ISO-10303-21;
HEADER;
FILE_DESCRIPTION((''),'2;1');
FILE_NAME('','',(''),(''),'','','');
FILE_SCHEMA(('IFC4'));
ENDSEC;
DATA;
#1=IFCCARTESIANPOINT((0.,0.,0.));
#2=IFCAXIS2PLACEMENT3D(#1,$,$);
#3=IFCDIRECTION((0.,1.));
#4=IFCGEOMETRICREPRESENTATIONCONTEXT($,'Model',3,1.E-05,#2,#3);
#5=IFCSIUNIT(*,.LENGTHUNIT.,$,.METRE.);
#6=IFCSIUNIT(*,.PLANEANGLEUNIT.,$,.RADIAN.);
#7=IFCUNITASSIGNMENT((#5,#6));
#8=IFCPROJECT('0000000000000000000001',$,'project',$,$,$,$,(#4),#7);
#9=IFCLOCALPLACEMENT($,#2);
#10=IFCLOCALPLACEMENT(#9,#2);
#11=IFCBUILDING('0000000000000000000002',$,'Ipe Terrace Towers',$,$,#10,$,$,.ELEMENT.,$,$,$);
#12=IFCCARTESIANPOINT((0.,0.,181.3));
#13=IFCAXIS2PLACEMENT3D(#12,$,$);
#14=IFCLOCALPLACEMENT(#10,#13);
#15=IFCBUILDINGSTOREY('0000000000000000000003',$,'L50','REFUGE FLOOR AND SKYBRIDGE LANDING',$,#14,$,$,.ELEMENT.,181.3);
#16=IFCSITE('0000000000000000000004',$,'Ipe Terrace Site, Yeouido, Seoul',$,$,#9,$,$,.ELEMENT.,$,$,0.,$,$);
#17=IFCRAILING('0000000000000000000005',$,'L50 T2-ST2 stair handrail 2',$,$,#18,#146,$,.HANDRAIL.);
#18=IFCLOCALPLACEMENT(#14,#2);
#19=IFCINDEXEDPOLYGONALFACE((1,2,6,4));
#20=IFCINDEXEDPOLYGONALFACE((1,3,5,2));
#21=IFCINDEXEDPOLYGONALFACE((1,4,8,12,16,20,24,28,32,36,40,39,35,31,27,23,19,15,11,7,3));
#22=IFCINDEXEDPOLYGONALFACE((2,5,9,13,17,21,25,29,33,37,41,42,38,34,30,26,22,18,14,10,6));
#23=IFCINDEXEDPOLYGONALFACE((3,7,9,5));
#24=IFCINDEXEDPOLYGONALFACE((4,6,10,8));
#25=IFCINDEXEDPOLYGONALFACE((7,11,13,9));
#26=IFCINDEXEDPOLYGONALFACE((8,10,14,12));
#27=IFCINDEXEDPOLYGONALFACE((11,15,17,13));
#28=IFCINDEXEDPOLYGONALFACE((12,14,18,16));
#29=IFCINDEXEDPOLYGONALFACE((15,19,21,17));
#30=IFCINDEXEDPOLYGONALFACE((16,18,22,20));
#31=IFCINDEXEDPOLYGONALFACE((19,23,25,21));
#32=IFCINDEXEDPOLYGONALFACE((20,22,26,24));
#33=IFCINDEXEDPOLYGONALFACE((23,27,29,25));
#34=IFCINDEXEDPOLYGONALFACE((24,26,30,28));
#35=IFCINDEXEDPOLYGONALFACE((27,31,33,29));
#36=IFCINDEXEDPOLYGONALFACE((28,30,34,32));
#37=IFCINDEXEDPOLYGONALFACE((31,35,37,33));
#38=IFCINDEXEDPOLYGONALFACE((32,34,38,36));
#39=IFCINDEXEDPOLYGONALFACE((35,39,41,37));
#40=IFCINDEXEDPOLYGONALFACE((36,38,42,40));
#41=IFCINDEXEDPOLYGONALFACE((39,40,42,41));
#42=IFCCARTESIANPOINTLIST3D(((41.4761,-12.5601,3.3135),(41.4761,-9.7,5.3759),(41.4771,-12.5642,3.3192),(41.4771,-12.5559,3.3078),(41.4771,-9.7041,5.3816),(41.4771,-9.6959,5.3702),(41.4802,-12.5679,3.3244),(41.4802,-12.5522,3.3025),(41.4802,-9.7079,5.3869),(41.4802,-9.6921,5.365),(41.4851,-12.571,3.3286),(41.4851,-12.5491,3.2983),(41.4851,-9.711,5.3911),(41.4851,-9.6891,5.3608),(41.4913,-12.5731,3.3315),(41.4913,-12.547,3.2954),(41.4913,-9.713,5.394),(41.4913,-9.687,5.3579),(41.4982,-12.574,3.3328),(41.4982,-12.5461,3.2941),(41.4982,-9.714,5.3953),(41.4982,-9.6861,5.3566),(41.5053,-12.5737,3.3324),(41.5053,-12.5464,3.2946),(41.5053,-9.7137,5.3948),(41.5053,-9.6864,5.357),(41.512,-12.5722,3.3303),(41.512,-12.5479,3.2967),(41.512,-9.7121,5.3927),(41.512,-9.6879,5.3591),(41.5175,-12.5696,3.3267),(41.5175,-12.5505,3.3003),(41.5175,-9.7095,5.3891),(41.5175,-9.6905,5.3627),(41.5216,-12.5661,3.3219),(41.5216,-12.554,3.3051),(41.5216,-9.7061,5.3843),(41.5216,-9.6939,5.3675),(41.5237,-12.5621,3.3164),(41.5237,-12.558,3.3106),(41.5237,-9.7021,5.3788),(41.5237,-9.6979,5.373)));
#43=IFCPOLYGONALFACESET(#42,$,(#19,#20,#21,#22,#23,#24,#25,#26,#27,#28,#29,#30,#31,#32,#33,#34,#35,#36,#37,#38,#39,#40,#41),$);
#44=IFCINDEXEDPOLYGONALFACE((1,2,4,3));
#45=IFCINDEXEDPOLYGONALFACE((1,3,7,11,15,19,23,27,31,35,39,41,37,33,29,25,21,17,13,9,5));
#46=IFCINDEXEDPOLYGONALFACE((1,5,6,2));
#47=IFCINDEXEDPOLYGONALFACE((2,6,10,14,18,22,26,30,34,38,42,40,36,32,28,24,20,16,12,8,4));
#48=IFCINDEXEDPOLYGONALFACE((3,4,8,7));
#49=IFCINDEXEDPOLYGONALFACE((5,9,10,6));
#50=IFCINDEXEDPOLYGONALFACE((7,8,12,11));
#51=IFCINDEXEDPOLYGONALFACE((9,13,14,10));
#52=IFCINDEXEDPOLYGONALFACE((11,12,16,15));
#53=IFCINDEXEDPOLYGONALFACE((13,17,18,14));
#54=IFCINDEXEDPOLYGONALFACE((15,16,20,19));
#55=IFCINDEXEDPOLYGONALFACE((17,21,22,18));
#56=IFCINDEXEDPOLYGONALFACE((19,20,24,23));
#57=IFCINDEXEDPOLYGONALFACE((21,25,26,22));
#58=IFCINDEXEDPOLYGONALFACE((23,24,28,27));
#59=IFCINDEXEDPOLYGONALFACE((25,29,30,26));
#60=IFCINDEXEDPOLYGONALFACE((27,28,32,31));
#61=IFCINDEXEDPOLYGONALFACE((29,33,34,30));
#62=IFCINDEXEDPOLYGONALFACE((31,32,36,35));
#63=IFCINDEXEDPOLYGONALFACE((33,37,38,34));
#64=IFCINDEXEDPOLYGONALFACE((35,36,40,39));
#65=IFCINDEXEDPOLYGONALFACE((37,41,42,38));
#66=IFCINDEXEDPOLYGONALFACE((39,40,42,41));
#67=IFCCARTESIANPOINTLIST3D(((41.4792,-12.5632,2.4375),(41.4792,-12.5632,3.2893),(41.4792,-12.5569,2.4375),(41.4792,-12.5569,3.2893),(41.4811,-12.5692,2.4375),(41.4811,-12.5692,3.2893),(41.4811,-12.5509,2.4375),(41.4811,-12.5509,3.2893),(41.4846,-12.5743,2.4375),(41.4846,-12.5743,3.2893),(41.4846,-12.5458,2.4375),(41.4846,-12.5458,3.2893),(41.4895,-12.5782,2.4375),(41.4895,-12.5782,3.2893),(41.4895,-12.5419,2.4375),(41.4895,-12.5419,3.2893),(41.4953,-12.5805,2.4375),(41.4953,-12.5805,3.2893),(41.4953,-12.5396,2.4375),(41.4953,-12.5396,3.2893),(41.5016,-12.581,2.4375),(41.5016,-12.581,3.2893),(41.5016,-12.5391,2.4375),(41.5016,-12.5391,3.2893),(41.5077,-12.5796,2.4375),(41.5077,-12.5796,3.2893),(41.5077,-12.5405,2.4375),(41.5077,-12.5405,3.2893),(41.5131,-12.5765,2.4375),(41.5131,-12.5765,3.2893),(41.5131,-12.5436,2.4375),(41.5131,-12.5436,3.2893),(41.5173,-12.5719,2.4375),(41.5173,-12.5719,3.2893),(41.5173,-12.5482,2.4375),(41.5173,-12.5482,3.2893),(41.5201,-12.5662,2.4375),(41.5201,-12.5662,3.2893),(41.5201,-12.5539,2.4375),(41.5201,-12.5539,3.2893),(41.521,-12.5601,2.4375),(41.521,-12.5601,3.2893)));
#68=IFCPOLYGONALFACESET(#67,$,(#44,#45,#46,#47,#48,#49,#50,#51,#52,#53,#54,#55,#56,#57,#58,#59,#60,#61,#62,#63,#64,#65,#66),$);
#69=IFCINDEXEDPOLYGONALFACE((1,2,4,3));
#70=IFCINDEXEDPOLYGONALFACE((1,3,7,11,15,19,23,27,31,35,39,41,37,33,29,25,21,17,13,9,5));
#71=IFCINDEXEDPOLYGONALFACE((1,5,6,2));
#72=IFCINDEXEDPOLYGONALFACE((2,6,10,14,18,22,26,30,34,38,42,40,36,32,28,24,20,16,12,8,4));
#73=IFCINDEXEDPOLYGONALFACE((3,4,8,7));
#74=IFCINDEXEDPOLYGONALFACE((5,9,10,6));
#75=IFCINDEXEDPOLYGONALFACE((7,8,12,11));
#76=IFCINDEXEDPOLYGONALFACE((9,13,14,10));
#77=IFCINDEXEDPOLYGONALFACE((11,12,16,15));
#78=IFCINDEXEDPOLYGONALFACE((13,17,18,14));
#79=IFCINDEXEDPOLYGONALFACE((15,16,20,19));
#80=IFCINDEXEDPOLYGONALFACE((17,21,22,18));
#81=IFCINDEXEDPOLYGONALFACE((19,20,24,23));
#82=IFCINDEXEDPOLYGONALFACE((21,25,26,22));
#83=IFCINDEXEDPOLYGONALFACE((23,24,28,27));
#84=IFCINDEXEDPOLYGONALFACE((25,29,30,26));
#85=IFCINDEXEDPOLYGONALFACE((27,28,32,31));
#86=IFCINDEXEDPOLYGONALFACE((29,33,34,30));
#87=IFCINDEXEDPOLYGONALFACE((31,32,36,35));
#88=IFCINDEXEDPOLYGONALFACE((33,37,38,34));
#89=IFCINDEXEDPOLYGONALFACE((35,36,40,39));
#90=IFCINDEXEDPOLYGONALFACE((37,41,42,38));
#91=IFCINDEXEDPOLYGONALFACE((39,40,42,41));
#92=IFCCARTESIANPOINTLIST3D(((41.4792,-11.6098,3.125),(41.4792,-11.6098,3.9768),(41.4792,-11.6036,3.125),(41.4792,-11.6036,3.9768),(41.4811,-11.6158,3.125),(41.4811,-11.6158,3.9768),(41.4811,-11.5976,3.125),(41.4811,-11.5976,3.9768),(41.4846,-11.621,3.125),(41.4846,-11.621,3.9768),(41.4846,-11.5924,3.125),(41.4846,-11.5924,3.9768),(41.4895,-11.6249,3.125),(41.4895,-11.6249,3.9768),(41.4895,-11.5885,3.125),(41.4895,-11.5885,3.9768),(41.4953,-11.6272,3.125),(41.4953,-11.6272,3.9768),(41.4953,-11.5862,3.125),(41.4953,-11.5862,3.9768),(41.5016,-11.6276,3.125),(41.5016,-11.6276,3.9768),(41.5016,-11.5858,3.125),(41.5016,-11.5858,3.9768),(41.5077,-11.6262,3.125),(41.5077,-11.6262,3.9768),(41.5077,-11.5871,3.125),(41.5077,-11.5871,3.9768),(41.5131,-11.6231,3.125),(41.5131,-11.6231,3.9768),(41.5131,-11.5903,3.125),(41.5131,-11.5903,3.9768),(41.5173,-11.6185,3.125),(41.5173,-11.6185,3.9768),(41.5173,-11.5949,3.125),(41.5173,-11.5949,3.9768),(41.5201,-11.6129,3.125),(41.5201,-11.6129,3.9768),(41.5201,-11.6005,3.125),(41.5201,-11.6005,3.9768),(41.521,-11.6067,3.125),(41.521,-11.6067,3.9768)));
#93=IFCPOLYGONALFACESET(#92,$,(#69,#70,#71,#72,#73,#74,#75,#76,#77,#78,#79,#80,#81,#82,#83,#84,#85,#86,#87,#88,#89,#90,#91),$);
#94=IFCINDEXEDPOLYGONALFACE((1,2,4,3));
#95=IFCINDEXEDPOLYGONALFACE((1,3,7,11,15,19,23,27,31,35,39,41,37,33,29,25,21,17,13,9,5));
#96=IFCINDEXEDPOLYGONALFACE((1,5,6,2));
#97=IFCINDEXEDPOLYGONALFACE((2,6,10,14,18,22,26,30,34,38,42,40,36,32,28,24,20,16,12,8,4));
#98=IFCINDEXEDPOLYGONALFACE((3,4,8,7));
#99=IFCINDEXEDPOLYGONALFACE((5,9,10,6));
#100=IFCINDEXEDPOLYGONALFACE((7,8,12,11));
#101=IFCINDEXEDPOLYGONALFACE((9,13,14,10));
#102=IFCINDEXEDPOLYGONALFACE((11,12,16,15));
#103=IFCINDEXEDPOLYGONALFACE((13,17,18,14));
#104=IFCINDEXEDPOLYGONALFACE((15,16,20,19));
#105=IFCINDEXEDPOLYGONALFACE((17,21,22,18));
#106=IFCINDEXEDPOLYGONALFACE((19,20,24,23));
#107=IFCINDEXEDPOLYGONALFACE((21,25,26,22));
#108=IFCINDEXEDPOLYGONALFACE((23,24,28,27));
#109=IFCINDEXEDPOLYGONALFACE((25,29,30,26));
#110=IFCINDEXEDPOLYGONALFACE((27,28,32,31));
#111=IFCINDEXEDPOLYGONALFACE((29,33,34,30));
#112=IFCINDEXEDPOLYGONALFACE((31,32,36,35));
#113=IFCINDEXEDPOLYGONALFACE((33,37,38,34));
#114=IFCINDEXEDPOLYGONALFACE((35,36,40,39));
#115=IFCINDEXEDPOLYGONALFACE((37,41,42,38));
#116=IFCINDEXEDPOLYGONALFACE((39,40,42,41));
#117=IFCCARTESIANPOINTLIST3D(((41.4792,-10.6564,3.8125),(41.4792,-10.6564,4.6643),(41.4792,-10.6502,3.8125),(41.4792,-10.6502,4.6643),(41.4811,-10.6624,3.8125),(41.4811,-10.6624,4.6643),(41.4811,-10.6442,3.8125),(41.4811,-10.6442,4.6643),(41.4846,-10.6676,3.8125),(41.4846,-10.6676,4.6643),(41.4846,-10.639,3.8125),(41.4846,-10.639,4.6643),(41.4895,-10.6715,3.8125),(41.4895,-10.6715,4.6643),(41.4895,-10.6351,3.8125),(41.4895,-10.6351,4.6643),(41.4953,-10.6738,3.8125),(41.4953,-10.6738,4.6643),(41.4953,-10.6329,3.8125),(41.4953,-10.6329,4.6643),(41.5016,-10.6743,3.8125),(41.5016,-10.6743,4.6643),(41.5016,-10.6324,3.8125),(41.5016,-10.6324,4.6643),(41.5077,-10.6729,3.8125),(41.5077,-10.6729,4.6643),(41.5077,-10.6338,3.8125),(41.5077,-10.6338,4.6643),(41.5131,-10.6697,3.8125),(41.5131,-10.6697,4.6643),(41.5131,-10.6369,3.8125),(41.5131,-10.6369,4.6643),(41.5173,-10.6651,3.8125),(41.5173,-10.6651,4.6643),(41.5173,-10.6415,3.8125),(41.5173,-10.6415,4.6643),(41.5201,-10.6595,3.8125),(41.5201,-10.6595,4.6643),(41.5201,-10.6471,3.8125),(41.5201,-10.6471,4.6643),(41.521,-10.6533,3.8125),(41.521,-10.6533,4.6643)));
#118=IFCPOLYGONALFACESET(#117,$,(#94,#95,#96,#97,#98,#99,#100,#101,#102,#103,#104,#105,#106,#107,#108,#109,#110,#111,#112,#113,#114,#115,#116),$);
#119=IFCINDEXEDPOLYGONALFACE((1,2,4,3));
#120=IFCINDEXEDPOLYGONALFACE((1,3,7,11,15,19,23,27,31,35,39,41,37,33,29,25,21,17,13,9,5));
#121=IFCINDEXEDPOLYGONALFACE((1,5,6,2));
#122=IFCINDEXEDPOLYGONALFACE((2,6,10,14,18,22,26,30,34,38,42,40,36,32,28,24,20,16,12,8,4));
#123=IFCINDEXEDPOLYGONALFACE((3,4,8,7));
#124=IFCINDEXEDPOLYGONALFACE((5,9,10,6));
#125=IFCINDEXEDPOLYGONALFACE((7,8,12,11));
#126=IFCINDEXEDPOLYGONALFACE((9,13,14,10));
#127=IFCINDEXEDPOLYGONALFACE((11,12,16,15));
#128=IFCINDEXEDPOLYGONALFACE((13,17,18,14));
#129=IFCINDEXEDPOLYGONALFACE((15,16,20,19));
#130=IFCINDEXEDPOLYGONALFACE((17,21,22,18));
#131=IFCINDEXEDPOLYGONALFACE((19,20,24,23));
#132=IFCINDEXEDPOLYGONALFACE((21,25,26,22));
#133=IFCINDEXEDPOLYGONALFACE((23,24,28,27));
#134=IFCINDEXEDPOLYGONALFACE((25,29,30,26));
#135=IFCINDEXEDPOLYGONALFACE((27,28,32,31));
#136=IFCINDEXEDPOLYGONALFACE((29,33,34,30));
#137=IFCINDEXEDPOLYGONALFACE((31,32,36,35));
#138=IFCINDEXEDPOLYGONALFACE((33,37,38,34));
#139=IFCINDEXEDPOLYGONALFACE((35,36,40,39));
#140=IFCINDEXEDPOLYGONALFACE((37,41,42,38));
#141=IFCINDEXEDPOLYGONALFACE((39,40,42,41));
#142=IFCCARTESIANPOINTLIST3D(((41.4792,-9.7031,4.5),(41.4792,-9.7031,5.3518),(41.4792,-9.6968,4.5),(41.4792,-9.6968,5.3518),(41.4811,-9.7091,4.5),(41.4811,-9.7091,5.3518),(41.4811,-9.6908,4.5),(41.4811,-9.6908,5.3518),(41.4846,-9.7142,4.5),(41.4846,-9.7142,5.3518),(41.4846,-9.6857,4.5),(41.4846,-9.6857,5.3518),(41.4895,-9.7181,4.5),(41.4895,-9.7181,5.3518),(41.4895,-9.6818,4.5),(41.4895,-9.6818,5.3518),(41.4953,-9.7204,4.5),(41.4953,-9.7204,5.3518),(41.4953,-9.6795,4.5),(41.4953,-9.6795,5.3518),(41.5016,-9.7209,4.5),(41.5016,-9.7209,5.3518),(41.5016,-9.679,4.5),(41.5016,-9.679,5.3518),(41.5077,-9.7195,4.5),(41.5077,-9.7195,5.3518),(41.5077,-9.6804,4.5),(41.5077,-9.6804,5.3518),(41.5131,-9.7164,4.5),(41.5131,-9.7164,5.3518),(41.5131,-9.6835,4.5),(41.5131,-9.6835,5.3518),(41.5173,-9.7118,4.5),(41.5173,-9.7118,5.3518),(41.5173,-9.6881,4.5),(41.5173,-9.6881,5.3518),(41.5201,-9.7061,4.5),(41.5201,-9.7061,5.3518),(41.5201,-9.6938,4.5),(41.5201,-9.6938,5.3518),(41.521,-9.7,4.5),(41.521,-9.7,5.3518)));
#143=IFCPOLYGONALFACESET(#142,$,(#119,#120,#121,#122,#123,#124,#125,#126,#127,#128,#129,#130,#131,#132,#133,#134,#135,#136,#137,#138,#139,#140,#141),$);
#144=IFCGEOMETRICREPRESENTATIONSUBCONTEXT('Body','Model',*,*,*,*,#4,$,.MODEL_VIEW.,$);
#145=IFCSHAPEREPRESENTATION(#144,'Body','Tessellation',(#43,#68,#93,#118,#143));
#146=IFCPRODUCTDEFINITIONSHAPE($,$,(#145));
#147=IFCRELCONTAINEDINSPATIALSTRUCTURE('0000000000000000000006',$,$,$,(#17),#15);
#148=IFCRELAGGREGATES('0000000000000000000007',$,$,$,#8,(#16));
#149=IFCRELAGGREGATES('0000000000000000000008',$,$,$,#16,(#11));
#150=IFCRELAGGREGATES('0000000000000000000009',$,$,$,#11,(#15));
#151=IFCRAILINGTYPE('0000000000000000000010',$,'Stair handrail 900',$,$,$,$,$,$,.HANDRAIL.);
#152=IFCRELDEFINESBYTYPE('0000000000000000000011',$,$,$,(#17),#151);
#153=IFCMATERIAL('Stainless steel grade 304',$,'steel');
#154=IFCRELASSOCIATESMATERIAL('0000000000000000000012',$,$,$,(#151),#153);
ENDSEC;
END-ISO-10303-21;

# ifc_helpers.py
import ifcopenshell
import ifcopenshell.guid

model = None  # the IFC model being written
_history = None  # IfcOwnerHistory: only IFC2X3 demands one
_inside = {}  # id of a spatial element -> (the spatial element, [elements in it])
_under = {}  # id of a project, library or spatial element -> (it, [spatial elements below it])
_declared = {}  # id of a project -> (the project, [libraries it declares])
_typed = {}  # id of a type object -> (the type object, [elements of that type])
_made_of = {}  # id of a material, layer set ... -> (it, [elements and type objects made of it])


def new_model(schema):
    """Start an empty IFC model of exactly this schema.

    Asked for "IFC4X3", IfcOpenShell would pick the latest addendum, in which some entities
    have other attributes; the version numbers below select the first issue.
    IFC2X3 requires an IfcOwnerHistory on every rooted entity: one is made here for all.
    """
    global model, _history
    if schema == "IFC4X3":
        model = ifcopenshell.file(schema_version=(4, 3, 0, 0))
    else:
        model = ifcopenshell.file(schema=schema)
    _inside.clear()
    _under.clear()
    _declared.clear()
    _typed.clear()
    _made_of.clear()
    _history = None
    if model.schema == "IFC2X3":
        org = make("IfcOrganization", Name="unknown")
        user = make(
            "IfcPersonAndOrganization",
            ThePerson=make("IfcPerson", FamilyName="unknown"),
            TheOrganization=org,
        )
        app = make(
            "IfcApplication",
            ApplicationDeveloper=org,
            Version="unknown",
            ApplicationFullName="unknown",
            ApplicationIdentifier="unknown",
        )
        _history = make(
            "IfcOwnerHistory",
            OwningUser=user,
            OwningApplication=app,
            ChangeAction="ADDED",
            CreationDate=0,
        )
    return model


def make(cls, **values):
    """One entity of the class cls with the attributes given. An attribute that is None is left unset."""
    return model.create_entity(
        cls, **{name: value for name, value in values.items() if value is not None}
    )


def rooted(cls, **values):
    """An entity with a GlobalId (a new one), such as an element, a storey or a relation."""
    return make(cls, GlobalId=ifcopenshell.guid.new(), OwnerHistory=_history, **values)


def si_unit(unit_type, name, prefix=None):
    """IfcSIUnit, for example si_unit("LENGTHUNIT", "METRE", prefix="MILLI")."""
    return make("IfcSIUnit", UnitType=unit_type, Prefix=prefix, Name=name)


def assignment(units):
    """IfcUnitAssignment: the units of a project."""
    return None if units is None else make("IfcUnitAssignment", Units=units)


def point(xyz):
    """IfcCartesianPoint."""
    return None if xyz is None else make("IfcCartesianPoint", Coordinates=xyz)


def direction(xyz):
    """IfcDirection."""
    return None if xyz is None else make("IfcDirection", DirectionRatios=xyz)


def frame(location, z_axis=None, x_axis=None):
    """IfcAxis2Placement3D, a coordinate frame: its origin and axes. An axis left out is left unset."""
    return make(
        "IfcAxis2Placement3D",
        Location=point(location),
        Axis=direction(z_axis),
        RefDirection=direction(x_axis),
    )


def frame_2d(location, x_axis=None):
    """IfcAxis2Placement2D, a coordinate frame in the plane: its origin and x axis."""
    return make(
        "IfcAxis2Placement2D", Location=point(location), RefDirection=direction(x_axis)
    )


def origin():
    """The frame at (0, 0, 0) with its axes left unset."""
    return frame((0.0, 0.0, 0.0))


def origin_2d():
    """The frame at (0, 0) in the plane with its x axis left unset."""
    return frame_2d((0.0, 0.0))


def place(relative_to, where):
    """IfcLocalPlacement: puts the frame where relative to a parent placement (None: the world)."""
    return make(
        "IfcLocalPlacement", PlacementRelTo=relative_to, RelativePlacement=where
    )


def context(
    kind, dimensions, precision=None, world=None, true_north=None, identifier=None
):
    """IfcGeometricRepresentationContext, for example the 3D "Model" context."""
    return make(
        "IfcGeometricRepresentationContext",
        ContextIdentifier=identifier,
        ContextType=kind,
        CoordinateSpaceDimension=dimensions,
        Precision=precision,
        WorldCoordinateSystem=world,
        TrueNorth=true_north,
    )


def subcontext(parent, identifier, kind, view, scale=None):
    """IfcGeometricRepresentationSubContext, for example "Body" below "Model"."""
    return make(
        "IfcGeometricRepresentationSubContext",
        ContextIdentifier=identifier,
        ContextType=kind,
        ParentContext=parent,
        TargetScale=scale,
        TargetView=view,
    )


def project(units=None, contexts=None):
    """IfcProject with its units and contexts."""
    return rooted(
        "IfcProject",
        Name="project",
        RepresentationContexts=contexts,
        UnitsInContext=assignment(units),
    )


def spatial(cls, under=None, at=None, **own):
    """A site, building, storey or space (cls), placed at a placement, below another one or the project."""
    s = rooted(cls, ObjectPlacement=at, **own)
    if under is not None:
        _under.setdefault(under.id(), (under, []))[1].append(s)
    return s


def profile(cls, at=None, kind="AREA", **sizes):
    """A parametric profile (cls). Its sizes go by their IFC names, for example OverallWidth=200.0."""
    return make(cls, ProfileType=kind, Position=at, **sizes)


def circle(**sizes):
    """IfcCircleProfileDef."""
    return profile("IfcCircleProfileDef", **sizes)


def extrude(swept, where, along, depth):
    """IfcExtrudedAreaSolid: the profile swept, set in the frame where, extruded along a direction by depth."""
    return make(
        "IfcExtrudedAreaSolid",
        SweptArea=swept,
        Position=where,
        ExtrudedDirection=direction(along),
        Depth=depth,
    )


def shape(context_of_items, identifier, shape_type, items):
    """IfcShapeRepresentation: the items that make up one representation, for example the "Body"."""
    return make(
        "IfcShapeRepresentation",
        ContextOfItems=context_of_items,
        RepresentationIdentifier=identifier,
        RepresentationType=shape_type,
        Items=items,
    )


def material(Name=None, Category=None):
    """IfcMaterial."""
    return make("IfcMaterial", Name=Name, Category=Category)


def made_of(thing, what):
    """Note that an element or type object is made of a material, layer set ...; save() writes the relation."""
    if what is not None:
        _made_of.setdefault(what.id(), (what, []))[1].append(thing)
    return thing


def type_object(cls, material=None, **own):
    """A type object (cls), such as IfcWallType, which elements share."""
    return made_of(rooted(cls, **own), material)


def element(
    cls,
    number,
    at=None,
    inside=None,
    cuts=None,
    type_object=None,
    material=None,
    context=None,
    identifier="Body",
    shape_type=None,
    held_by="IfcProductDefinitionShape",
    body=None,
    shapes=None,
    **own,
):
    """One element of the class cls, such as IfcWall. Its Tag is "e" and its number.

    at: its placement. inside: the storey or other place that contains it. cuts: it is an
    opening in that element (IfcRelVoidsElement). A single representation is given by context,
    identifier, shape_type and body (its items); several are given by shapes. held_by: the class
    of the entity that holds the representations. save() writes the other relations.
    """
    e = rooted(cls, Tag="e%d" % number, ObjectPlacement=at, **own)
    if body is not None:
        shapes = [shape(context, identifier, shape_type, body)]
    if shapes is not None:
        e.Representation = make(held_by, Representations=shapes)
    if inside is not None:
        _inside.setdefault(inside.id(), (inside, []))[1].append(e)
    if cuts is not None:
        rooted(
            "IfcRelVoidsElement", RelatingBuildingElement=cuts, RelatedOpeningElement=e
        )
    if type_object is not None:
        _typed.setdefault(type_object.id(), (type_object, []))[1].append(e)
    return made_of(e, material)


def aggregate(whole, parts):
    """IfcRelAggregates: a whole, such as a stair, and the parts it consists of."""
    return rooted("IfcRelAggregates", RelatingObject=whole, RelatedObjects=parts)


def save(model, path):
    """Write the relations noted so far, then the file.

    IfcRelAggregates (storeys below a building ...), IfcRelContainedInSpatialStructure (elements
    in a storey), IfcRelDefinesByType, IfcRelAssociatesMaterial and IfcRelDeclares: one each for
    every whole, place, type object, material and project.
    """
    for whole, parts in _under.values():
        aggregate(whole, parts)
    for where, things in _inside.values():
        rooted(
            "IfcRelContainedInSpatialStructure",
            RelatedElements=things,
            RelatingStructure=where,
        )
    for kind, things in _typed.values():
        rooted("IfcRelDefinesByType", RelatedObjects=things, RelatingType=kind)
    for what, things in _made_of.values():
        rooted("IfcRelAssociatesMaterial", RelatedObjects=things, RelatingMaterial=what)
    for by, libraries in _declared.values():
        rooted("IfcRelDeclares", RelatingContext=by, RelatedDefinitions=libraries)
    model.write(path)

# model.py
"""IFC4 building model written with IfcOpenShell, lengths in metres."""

from ifc_helpers import new_model, si_unit, direction, frame, origin, origin_2d, place, context, subcontext, project, spatial, circle, extrude, material, type_object, element, save


model = new_model("IFC4")

# Units and contexts
model_context = context("Model", 3, precision=1e-05, world=origin(), true_north=direction((0.0, 1.0)))
body_context = subcontext(model_context, "Body", "Model", "MODEL_VIEW")
ifc_project = project(units=[si_unit("LENGTHUNIT", "METRE"), si_unit("PLANEANGLEUNIT", "RADIAN")], contexts=[model_context])

# Site, building, storey
site_placement = place(None, origin())
site = spatial("IfcSite", under=ifc_project, at=site_placement, Name="Ipe Terrace Site, Yeouido, Seoul", CompositionType="ELEMENT", RefElevation=0.0)
building_placement = place(site_placement, origin())
building = spatial("IfcBuilding", under=site, at=building_placement, Name="Ipe Terrace Towers", CompositionType="ELEMENT")
storey_placement = place(building_placement, frame((0.0, 0.0, 181.3)))
storey = spatial("IfcBuildingStorey", under=building, at=storey_placement, Name="L50", Description="REFUGE FLOOR AND SKYBRIDGE LANDING", CompositionType="ELEMENT", Elevation=181.3)

# Railing
ifc_material_1 = material(Name="Stainless steel grade 304", Category="steel")
railing_type_1 = type_object("IfcRailingType", Name="Stair handrail 900", PredefinedType="HANDRAIL", material=ifc_material_1)
railing_1_placement = place(storey_placement, frame((41.5, -12.5601, 2.4375)))
element("IfcRailing", 1, at=railing_1_placement, inside=storey, type_object=railing_type_1, Name="L50 T2-ST2 stair handrail 2", PredefinedType="HANDRAIL", context=body_context, shape_type="SweptSolid", body=[
    extrude(circle(Radius=0.0239, at=origin_2d()), frame((0.0, 0.0, 0.876), z_axis=(0.0, 0.811101, 0.584906), x_axis=(-1.0, 0.0, 0.0)), (0.0, 0.0, 1.0), 3.5261),
    extrude(circle(Radius=0.021, at=origin_2d()), origin(), (0.0, 0.0, 1.0), 0.8518),
    extrude(circle(Radius=0.021, at=origin_2d()), frame((0.0, 0.9534, 0.6875)), (0.0, 0.0, 1.0), 0.8518),
    extrude(circle(Radius=0.021, at=origin_2d()), frame((0.0, 1.9067, 1.375)), (0.0, 0.0, 1.0), 0.8518),
    extrude(circle(Radius=0.021, at=origin_2d()), frame((0.0, 2.8601, 2.0625)), (0.0, 0.0, 1.0), 0.8518),
])

save(model, "model.ifc")
